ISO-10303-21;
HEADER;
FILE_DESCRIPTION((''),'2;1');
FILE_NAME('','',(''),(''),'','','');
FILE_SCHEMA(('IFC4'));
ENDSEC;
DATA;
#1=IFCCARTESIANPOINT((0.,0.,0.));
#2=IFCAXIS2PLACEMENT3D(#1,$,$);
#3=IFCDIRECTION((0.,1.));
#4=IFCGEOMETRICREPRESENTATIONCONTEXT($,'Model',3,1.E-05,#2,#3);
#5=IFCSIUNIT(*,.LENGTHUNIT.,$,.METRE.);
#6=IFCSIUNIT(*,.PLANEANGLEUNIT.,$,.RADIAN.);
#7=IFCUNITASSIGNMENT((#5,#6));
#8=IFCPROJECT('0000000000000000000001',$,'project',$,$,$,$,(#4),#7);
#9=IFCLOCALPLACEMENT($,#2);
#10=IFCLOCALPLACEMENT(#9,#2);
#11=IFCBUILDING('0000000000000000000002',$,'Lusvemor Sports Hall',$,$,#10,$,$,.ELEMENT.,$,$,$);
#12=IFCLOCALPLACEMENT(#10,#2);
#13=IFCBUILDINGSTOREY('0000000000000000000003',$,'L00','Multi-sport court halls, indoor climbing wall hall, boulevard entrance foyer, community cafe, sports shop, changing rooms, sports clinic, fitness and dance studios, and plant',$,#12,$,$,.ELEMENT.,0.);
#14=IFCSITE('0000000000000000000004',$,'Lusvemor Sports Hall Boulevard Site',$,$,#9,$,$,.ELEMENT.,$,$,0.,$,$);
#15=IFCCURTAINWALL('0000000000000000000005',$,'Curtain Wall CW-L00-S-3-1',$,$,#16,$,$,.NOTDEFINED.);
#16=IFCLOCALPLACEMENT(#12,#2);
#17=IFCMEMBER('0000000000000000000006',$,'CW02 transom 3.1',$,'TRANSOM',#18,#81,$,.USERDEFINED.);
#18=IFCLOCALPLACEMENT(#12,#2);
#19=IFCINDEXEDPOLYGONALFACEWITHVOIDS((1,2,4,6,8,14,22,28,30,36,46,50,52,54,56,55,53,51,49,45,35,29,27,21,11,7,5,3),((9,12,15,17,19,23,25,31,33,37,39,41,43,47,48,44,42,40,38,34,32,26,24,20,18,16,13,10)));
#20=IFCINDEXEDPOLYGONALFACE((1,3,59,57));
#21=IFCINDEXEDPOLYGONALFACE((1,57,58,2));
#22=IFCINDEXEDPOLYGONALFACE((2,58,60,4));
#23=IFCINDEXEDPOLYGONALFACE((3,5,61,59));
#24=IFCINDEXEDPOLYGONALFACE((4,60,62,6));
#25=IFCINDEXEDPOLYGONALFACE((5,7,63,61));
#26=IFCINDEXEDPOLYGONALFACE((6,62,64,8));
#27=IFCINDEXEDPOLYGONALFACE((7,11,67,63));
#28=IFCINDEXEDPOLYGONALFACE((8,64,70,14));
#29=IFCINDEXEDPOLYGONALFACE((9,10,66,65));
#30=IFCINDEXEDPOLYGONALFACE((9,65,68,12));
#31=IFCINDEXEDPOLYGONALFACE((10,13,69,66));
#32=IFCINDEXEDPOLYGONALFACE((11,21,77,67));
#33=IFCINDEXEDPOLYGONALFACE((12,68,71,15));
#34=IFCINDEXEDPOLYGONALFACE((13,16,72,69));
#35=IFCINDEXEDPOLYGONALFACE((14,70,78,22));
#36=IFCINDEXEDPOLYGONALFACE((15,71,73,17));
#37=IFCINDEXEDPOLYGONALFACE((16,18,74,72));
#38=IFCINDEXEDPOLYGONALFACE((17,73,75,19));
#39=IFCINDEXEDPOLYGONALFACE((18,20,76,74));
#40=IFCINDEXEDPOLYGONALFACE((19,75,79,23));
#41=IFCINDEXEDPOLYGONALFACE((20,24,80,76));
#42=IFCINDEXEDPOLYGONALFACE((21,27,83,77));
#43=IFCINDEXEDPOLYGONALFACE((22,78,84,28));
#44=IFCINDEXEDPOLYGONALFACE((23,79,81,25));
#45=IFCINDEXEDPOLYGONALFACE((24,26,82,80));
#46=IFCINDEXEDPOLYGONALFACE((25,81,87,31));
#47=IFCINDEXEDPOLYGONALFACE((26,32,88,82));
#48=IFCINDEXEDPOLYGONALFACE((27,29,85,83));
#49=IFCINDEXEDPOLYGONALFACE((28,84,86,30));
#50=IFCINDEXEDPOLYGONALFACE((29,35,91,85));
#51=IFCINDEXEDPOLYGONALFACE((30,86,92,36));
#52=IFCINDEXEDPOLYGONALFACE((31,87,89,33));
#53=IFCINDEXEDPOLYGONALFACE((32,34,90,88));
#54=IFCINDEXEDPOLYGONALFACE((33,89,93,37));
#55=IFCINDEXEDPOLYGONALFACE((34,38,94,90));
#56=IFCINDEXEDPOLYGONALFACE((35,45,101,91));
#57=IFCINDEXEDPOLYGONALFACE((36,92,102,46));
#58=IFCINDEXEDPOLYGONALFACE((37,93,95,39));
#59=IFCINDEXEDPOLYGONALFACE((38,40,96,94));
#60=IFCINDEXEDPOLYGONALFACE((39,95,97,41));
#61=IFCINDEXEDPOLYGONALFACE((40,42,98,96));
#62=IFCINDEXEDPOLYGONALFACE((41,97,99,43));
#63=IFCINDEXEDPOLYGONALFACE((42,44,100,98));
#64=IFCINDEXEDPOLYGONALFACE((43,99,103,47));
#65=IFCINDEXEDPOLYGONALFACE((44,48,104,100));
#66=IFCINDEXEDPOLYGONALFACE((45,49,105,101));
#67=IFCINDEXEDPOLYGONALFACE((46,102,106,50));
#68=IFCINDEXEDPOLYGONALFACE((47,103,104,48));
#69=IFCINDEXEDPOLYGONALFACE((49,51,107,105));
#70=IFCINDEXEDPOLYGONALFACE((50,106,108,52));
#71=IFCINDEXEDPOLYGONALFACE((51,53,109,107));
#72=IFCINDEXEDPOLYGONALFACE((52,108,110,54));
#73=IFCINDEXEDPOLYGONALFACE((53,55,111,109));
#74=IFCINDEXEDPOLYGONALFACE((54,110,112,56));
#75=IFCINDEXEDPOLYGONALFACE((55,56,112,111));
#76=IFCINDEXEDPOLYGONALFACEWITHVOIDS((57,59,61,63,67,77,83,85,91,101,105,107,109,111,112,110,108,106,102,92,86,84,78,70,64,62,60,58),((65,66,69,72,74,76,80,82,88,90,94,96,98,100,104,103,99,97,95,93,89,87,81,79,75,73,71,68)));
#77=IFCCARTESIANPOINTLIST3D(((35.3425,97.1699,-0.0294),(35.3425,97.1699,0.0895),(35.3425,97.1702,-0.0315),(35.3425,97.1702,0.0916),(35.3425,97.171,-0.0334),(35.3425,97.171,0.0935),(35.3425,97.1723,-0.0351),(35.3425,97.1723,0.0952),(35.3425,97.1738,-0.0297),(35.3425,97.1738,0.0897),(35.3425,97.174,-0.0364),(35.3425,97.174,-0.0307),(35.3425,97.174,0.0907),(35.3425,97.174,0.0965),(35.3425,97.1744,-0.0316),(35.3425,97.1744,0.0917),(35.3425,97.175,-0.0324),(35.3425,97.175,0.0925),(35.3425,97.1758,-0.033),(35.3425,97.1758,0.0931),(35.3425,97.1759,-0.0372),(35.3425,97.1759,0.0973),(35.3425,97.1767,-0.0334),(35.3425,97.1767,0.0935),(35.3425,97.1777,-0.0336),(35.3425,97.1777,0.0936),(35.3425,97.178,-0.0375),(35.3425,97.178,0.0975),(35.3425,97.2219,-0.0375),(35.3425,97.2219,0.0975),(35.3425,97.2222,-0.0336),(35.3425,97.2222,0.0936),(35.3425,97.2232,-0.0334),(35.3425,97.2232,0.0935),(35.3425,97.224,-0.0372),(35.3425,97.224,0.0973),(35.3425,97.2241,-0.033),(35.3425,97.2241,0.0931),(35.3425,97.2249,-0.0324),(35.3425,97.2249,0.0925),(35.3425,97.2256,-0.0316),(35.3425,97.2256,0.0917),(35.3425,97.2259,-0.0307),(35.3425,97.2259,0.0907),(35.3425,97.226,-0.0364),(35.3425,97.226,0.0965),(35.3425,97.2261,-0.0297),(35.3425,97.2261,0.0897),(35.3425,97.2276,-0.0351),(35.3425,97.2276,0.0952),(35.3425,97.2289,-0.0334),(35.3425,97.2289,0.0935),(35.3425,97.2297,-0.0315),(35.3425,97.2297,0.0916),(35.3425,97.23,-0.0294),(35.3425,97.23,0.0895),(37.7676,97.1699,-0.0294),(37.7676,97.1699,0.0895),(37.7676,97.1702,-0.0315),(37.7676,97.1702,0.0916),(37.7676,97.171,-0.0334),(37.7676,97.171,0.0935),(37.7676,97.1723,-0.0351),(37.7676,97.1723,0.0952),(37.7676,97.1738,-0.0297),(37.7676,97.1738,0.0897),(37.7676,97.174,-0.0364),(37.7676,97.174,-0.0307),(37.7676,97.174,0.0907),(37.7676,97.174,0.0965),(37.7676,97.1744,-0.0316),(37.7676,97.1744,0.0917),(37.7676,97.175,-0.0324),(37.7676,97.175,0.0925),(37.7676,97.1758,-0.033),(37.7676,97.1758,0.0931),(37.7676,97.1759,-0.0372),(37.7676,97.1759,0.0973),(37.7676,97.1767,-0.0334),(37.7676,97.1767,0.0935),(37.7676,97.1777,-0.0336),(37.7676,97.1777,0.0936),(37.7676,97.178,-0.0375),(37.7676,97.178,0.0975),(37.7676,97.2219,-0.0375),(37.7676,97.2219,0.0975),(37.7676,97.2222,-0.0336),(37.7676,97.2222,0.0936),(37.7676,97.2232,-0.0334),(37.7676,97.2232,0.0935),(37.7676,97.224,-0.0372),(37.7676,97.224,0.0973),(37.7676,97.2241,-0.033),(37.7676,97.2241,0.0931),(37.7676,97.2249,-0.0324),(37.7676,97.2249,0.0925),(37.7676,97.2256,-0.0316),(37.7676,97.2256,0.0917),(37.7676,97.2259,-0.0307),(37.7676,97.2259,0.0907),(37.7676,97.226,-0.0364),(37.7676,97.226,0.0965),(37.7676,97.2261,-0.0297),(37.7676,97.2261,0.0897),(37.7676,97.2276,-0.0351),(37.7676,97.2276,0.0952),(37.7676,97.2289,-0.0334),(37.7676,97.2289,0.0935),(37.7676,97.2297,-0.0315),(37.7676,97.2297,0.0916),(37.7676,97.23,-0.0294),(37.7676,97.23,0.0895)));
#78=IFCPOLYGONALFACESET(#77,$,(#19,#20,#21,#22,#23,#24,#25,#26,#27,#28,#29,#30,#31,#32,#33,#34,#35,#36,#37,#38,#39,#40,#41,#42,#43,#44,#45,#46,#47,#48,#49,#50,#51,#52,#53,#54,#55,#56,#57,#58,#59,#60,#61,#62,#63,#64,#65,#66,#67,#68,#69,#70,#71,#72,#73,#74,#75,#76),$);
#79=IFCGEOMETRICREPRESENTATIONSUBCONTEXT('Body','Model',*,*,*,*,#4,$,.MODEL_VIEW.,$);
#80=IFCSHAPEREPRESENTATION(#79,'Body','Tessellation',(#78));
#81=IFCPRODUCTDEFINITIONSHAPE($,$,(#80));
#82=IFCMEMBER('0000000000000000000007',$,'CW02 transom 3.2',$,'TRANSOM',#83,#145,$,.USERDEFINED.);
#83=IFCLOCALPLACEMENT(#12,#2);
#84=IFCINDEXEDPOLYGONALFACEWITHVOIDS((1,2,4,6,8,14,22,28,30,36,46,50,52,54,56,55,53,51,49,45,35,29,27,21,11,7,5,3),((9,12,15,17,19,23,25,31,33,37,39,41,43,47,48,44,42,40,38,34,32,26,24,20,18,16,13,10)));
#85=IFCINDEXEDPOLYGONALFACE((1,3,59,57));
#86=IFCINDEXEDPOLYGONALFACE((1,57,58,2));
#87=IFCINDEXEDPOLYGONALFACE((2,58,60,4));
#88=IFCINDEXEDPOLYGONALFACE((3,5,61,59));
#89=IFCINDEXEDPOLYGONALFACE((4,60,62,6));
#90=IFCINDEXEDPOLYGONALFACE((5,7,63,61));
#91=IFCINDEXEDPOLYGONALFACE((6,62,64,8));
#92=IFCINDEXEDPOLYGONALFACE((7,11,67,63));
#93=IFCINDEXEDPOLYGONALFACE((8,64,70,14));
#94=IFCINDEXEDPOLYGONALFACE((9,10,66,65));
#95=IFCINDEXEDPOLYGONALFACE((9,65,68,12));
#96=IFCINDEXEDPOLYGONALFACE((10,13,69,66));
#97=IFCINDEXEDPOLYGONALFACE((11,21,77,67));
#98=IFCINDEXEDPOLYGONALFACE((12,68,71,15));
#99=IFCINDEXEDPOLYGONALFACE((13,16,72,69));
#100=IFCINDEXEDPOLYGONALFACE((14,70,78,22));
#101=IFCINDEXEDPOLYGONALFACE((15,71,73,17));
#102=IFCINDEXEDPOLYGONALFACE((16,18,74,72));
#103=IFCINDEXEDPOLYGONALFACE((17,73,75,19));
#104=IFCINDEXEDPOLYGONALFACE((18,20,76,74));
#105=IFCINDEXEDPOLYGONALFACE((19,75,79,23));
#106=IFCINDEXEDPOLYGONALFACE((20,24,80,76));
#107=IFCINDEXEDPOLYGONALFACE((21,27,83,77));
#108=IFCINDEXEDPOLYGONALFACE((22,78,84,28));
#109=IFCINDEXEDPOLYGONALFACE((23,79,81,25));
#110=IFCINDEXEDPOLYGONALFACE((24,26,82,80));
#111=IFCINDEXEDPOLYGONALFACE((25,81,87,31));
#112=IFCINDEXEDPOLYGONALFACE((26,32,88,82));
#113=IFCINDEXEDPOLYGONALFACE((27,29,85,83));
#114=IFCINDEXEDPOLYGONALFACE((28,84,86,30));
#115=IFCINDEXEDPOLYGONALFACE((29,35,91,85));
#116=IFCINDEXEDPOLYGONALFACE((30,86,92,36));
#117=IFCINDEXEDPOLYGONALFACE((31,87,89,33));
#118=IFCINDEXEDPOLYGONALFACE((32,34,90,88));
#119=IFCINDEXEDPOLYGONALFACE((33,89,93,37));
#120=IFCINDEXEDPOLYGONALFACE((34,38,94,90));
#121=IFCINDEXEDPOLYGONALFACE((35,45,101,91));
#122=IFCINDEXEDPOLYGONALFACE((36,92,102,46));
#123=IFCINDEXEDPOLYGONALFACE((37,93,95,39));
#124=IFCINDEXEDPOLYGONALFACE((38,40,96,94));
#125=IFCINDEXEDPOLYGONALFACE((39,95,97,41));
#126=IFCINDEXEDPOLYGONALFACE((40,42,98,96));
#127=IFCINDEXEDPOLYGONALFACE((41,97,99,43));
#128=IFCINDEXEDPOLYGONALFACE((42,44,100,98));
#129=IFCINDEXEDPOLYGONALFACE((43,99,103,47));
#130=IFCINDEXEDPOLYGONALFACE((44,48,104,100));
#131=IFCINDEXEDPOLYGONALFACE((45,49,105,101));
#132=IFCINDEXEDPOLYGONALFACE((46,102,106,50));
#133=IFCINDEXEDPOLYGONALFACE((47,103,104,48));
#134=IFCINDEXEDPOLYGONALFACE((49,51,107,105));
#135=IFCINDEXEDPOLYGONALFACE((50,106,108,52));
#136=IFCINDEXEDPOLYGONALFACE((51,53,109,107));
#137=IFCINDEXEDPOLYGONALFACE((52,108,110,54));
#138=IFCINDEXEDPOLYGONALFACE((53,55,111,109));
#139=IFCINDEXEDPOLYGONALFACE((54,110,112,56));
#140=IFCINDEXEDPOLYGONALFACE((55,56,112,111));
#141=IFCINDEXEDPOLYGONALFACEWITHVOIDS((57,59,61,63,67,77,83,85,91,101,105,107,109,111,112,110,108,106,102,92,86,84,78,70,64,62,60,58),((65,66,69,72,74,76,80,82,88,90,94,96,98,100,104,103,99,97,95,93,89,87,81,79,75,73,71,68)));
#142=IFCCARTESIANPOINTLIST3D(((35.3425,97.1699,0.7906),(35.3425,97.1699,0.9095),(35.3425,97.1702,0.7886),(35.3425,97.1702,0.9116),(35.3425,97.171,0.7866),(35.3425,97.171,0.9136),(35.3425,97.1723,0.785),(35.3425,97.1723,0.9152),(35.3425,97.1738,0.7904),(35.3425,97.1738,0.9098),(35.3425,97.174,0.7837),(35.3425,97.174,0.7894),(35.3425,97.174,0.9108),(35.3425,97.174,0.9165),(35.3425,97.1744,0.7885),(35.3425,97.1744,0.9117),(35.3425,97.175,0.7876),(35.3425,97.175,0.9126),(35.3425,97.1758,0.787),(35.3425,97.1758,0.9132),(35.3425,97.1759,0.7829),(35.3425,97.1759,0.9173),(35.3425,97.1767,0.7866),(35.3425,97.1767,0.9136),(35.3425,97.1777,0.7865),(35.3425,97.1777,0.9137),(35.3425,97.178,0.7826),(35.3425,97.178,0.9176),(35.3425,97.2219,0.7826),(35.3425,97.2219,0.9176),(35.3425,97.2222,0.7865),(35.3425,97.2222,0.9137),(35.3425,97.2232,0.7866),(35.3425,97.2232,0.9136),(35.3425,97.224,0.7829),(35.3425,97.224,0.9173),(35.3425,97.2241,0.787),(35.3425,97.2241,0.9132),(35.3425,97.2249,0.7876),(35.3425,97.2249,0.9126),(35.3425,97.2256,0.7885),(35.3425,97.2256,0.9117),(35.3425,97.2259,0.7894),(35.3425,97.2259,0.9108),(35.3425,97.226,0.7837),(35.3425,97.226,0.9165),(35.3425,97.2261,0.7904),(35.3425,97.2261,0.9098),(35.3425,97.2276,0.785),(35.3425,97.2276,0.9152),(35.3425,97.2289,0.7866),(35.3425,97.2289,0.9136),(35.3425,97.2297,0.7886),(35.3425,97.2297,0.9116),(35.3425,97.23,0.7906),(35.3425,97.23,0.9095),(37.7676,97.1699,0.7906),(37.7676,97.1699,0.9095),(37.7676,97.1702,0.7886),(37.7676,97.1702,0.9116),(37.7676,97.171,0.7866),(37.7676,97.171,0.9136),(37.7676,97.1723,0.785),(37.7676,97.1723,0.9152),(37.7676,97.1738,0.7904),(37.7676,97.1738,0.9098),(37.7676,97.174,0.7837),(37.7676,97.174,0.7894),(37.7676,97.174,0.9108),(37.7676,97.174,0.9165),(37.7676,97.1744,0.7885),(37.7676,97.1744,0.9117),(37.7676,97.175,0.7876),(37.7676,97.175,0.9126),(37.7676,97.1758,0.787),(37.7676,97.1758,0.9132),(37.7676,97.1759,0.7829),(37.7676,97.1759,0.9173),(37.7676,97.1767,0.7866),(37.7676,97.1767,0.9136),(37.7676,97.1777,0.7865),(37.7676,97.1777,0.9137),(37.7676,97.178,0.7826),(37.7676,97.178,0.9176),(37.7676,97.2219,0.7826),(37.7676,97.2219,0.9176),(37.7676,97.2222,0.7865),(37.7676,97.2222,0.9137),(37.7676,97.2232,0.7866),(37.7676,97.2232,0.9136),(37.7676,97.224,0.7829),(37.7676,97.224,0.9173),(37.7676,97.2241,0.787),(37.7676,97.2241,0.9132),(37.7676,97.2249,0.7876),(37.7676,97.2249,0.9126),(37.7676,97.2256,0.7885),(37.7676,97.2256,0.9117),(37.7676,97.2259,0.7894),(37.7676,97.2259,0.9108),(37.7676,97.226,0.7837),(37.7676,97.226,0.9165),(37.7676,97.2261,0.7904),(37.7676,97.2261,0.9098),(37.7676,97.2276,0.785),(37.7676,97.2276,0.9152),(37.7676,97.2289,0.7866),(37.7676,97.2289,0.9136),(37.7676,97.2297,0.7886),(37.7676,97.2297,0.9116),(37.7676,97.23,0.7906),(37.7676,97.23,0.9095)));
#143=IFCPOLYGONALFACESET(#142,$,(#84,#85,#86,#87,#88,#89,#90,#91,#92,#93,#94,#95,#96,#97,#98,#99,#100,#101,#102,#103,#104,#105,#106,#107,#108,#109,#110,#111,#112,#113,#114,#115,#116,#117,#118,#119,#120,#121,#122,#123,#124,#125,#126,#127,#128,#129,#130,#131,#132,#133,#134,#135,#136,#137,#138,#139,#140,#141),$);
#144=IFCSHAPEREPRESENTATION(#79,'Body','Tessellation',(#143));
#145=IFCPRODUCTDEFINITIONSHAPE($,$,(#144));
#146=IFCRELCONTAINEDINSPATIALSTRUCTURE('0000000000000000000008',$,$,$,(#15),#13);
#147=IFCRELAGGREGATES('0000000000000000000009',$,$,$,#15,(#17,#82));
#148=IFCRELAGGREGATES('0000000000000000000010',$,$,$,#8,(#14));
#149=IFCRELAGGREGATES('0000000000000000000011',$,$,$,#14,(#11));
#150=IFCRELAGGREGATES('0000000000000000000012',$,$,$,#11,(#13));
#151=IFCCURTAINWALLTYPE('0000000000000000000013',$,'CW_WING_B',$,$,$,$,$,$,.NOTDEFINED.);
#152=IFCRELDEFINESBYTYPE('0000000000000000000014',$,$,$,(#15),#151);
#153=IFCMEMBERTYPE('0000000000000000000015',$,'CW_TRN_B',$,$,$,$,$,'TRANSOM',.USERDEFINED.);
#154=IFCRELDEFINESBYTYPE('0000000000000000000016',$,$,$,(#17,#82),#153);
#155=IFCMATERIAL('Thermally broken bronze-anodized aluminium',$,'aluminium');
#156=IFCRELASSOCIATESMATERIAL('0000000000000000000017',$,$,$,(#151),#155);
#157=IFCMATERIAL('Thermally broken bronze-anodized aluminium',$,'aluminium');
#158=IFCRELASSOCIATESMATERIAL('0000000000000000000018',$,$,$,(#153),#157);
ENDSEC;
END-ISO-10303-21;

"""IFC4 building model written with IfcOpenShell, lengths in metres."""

from ifc_helpers import new_model, si_unit, direction, frame, origin, origin_2d, place, context, subcontext, project, spatial, hollow_rectangle, extrude, material, material_profile, profile_set, type_object, element, aggregate, save


model = new_model("IFC4")

# Units and contexts
model_context = context("Model", 3, precision=1e-05, world=origin(), true_north=direction((0.0, 1.0)))
body_context = subcontext(model_context, "Body", "Model", "MODEL_VIEW")
ifc_project = project(units=[si_unit("LENGTHUNIT", "METRE"), si_unit("PLANEANGLEUNIT", "RADIAN")], contexts=[model_context])

# Site, building, storey
site_placement = place(None, origin())
site = spatial("IfcSite", under=ifc_project, at=site_placement, Name="Lusvemor Sports Hall Boulevard Site", CompositionType="ELEMENT", RefElevation=0.0)
building_placement = place(site_placement, origin())
building = spatial("IfcBuilding", under=site, at=building_placement, Name="Lusvemor Sports Hall", CompositionType="ELEMENT")
storey_placement = place(building_placement, origin())
storey = spatial("IfcBuildingStorey", under=building, at=storey_placement, Name="L00", Description="Multi-sport court halls, indoor climbing wall hall, boulevard entrance foyer, community cafe, sports shop, changing rooms, sports clinic, fitness and dance studios, and plant", CompositionType="ELEMENT", Elevation=0.0)

# Curtain wall
ifc_material_1 = material(Name="Thermally broken bronze-anodized aluminium", Category="aluminium")
curtain_wall_type = type_object("IfcCurtainWallType", Name="CW_WING_B", PredefinedType="NOTDEFINED", material=ifc_material_1)
curtain_wall_1_placement = place(storey_placement, origin())
curtain_wall_1 = element("IfcCurtainWall", 1, at=curtain_wall_1_placement, inside=storey, type_object=curtain_wall_type, Name="Curtain Wall CW-L00-S-3-1", PredefinedType="NOTDEFINED")

# Members
ifc_material_2 = material(Name="Thermally broken bronze-anodized aluminium", Category="aluminium")
ifc_material_profile_1 = material_profile(ifc_material_2, hollow_rectangle(XDim=0.0601, YDim=0.135, WallThickness=0.0039, InnerFilletRadius=0.0039, OuterFilletRadius=0.0081, at=origin_2d()), Name="CWTRN135x60x4")
ifc_profile_set_1 = profile_set([ifc_material_profile_1], Name="Thermally broken bronze-anodized aluminium")
member_type_1 = type_object("IfcMemberType", Name="CW_TRN_B", ElementType="TRANSOM", PredefinedType="USERDEFINED", material=ifc_profile_set_1)
member_1_placement = place(storey_placement, frame((37.7676, 97.2, 0.03), z_axis=(-1.0, 0.0, 0.0), x_axis=(0.0, -1.0, 0.0)))
member_1 = element("IfcMember", 2, at=member_1_placement, type_object=member_type_1, Name="CW02 transom 3.1", ObjectType="TRANSOM", PredefinedType="USERDEFINED", context=body_context, shape_type="SweptSolid", body=[
    extrude(hollow_rectangle(XDim=0.0601, YDim=0.135, WallThickness=0.0039, InnerFilletRadius=0.0039, OuterFilletRadius=0.0081, at=origin_2d()), origin(), (0.0, 0.0, 1.0), 2.425),
])
member_2_placement = place(storey_placement, frame((37.7676, 97.2, 0.8501), z_axis=(-1.0, 0.0, 0.0), x_axis=(0.0, -1.0, 0.0)))
member_2 = element("IfcMember", 3, at=member_2_placement, type_object=member_type_1, Name="CW02 transom 3.2", ObjectType="TRANSOM", PredefinedType="USERDEFINED", context=body_context, shape_type="SweptSolid", body=[
    extrude(hollow_rectangle(XDim=0.0601, YDim=0.135, WallThickness=0.0039, InnerFilletRadius=0.0039, OuterFilletRadius=0.0081, at=origin_2d()), origin(), (0.0, 0.0, 1.0), 2.425),
])

aggregate(curtain_wall_1, [member_1, member_2])

save(model, "model.ifc")
